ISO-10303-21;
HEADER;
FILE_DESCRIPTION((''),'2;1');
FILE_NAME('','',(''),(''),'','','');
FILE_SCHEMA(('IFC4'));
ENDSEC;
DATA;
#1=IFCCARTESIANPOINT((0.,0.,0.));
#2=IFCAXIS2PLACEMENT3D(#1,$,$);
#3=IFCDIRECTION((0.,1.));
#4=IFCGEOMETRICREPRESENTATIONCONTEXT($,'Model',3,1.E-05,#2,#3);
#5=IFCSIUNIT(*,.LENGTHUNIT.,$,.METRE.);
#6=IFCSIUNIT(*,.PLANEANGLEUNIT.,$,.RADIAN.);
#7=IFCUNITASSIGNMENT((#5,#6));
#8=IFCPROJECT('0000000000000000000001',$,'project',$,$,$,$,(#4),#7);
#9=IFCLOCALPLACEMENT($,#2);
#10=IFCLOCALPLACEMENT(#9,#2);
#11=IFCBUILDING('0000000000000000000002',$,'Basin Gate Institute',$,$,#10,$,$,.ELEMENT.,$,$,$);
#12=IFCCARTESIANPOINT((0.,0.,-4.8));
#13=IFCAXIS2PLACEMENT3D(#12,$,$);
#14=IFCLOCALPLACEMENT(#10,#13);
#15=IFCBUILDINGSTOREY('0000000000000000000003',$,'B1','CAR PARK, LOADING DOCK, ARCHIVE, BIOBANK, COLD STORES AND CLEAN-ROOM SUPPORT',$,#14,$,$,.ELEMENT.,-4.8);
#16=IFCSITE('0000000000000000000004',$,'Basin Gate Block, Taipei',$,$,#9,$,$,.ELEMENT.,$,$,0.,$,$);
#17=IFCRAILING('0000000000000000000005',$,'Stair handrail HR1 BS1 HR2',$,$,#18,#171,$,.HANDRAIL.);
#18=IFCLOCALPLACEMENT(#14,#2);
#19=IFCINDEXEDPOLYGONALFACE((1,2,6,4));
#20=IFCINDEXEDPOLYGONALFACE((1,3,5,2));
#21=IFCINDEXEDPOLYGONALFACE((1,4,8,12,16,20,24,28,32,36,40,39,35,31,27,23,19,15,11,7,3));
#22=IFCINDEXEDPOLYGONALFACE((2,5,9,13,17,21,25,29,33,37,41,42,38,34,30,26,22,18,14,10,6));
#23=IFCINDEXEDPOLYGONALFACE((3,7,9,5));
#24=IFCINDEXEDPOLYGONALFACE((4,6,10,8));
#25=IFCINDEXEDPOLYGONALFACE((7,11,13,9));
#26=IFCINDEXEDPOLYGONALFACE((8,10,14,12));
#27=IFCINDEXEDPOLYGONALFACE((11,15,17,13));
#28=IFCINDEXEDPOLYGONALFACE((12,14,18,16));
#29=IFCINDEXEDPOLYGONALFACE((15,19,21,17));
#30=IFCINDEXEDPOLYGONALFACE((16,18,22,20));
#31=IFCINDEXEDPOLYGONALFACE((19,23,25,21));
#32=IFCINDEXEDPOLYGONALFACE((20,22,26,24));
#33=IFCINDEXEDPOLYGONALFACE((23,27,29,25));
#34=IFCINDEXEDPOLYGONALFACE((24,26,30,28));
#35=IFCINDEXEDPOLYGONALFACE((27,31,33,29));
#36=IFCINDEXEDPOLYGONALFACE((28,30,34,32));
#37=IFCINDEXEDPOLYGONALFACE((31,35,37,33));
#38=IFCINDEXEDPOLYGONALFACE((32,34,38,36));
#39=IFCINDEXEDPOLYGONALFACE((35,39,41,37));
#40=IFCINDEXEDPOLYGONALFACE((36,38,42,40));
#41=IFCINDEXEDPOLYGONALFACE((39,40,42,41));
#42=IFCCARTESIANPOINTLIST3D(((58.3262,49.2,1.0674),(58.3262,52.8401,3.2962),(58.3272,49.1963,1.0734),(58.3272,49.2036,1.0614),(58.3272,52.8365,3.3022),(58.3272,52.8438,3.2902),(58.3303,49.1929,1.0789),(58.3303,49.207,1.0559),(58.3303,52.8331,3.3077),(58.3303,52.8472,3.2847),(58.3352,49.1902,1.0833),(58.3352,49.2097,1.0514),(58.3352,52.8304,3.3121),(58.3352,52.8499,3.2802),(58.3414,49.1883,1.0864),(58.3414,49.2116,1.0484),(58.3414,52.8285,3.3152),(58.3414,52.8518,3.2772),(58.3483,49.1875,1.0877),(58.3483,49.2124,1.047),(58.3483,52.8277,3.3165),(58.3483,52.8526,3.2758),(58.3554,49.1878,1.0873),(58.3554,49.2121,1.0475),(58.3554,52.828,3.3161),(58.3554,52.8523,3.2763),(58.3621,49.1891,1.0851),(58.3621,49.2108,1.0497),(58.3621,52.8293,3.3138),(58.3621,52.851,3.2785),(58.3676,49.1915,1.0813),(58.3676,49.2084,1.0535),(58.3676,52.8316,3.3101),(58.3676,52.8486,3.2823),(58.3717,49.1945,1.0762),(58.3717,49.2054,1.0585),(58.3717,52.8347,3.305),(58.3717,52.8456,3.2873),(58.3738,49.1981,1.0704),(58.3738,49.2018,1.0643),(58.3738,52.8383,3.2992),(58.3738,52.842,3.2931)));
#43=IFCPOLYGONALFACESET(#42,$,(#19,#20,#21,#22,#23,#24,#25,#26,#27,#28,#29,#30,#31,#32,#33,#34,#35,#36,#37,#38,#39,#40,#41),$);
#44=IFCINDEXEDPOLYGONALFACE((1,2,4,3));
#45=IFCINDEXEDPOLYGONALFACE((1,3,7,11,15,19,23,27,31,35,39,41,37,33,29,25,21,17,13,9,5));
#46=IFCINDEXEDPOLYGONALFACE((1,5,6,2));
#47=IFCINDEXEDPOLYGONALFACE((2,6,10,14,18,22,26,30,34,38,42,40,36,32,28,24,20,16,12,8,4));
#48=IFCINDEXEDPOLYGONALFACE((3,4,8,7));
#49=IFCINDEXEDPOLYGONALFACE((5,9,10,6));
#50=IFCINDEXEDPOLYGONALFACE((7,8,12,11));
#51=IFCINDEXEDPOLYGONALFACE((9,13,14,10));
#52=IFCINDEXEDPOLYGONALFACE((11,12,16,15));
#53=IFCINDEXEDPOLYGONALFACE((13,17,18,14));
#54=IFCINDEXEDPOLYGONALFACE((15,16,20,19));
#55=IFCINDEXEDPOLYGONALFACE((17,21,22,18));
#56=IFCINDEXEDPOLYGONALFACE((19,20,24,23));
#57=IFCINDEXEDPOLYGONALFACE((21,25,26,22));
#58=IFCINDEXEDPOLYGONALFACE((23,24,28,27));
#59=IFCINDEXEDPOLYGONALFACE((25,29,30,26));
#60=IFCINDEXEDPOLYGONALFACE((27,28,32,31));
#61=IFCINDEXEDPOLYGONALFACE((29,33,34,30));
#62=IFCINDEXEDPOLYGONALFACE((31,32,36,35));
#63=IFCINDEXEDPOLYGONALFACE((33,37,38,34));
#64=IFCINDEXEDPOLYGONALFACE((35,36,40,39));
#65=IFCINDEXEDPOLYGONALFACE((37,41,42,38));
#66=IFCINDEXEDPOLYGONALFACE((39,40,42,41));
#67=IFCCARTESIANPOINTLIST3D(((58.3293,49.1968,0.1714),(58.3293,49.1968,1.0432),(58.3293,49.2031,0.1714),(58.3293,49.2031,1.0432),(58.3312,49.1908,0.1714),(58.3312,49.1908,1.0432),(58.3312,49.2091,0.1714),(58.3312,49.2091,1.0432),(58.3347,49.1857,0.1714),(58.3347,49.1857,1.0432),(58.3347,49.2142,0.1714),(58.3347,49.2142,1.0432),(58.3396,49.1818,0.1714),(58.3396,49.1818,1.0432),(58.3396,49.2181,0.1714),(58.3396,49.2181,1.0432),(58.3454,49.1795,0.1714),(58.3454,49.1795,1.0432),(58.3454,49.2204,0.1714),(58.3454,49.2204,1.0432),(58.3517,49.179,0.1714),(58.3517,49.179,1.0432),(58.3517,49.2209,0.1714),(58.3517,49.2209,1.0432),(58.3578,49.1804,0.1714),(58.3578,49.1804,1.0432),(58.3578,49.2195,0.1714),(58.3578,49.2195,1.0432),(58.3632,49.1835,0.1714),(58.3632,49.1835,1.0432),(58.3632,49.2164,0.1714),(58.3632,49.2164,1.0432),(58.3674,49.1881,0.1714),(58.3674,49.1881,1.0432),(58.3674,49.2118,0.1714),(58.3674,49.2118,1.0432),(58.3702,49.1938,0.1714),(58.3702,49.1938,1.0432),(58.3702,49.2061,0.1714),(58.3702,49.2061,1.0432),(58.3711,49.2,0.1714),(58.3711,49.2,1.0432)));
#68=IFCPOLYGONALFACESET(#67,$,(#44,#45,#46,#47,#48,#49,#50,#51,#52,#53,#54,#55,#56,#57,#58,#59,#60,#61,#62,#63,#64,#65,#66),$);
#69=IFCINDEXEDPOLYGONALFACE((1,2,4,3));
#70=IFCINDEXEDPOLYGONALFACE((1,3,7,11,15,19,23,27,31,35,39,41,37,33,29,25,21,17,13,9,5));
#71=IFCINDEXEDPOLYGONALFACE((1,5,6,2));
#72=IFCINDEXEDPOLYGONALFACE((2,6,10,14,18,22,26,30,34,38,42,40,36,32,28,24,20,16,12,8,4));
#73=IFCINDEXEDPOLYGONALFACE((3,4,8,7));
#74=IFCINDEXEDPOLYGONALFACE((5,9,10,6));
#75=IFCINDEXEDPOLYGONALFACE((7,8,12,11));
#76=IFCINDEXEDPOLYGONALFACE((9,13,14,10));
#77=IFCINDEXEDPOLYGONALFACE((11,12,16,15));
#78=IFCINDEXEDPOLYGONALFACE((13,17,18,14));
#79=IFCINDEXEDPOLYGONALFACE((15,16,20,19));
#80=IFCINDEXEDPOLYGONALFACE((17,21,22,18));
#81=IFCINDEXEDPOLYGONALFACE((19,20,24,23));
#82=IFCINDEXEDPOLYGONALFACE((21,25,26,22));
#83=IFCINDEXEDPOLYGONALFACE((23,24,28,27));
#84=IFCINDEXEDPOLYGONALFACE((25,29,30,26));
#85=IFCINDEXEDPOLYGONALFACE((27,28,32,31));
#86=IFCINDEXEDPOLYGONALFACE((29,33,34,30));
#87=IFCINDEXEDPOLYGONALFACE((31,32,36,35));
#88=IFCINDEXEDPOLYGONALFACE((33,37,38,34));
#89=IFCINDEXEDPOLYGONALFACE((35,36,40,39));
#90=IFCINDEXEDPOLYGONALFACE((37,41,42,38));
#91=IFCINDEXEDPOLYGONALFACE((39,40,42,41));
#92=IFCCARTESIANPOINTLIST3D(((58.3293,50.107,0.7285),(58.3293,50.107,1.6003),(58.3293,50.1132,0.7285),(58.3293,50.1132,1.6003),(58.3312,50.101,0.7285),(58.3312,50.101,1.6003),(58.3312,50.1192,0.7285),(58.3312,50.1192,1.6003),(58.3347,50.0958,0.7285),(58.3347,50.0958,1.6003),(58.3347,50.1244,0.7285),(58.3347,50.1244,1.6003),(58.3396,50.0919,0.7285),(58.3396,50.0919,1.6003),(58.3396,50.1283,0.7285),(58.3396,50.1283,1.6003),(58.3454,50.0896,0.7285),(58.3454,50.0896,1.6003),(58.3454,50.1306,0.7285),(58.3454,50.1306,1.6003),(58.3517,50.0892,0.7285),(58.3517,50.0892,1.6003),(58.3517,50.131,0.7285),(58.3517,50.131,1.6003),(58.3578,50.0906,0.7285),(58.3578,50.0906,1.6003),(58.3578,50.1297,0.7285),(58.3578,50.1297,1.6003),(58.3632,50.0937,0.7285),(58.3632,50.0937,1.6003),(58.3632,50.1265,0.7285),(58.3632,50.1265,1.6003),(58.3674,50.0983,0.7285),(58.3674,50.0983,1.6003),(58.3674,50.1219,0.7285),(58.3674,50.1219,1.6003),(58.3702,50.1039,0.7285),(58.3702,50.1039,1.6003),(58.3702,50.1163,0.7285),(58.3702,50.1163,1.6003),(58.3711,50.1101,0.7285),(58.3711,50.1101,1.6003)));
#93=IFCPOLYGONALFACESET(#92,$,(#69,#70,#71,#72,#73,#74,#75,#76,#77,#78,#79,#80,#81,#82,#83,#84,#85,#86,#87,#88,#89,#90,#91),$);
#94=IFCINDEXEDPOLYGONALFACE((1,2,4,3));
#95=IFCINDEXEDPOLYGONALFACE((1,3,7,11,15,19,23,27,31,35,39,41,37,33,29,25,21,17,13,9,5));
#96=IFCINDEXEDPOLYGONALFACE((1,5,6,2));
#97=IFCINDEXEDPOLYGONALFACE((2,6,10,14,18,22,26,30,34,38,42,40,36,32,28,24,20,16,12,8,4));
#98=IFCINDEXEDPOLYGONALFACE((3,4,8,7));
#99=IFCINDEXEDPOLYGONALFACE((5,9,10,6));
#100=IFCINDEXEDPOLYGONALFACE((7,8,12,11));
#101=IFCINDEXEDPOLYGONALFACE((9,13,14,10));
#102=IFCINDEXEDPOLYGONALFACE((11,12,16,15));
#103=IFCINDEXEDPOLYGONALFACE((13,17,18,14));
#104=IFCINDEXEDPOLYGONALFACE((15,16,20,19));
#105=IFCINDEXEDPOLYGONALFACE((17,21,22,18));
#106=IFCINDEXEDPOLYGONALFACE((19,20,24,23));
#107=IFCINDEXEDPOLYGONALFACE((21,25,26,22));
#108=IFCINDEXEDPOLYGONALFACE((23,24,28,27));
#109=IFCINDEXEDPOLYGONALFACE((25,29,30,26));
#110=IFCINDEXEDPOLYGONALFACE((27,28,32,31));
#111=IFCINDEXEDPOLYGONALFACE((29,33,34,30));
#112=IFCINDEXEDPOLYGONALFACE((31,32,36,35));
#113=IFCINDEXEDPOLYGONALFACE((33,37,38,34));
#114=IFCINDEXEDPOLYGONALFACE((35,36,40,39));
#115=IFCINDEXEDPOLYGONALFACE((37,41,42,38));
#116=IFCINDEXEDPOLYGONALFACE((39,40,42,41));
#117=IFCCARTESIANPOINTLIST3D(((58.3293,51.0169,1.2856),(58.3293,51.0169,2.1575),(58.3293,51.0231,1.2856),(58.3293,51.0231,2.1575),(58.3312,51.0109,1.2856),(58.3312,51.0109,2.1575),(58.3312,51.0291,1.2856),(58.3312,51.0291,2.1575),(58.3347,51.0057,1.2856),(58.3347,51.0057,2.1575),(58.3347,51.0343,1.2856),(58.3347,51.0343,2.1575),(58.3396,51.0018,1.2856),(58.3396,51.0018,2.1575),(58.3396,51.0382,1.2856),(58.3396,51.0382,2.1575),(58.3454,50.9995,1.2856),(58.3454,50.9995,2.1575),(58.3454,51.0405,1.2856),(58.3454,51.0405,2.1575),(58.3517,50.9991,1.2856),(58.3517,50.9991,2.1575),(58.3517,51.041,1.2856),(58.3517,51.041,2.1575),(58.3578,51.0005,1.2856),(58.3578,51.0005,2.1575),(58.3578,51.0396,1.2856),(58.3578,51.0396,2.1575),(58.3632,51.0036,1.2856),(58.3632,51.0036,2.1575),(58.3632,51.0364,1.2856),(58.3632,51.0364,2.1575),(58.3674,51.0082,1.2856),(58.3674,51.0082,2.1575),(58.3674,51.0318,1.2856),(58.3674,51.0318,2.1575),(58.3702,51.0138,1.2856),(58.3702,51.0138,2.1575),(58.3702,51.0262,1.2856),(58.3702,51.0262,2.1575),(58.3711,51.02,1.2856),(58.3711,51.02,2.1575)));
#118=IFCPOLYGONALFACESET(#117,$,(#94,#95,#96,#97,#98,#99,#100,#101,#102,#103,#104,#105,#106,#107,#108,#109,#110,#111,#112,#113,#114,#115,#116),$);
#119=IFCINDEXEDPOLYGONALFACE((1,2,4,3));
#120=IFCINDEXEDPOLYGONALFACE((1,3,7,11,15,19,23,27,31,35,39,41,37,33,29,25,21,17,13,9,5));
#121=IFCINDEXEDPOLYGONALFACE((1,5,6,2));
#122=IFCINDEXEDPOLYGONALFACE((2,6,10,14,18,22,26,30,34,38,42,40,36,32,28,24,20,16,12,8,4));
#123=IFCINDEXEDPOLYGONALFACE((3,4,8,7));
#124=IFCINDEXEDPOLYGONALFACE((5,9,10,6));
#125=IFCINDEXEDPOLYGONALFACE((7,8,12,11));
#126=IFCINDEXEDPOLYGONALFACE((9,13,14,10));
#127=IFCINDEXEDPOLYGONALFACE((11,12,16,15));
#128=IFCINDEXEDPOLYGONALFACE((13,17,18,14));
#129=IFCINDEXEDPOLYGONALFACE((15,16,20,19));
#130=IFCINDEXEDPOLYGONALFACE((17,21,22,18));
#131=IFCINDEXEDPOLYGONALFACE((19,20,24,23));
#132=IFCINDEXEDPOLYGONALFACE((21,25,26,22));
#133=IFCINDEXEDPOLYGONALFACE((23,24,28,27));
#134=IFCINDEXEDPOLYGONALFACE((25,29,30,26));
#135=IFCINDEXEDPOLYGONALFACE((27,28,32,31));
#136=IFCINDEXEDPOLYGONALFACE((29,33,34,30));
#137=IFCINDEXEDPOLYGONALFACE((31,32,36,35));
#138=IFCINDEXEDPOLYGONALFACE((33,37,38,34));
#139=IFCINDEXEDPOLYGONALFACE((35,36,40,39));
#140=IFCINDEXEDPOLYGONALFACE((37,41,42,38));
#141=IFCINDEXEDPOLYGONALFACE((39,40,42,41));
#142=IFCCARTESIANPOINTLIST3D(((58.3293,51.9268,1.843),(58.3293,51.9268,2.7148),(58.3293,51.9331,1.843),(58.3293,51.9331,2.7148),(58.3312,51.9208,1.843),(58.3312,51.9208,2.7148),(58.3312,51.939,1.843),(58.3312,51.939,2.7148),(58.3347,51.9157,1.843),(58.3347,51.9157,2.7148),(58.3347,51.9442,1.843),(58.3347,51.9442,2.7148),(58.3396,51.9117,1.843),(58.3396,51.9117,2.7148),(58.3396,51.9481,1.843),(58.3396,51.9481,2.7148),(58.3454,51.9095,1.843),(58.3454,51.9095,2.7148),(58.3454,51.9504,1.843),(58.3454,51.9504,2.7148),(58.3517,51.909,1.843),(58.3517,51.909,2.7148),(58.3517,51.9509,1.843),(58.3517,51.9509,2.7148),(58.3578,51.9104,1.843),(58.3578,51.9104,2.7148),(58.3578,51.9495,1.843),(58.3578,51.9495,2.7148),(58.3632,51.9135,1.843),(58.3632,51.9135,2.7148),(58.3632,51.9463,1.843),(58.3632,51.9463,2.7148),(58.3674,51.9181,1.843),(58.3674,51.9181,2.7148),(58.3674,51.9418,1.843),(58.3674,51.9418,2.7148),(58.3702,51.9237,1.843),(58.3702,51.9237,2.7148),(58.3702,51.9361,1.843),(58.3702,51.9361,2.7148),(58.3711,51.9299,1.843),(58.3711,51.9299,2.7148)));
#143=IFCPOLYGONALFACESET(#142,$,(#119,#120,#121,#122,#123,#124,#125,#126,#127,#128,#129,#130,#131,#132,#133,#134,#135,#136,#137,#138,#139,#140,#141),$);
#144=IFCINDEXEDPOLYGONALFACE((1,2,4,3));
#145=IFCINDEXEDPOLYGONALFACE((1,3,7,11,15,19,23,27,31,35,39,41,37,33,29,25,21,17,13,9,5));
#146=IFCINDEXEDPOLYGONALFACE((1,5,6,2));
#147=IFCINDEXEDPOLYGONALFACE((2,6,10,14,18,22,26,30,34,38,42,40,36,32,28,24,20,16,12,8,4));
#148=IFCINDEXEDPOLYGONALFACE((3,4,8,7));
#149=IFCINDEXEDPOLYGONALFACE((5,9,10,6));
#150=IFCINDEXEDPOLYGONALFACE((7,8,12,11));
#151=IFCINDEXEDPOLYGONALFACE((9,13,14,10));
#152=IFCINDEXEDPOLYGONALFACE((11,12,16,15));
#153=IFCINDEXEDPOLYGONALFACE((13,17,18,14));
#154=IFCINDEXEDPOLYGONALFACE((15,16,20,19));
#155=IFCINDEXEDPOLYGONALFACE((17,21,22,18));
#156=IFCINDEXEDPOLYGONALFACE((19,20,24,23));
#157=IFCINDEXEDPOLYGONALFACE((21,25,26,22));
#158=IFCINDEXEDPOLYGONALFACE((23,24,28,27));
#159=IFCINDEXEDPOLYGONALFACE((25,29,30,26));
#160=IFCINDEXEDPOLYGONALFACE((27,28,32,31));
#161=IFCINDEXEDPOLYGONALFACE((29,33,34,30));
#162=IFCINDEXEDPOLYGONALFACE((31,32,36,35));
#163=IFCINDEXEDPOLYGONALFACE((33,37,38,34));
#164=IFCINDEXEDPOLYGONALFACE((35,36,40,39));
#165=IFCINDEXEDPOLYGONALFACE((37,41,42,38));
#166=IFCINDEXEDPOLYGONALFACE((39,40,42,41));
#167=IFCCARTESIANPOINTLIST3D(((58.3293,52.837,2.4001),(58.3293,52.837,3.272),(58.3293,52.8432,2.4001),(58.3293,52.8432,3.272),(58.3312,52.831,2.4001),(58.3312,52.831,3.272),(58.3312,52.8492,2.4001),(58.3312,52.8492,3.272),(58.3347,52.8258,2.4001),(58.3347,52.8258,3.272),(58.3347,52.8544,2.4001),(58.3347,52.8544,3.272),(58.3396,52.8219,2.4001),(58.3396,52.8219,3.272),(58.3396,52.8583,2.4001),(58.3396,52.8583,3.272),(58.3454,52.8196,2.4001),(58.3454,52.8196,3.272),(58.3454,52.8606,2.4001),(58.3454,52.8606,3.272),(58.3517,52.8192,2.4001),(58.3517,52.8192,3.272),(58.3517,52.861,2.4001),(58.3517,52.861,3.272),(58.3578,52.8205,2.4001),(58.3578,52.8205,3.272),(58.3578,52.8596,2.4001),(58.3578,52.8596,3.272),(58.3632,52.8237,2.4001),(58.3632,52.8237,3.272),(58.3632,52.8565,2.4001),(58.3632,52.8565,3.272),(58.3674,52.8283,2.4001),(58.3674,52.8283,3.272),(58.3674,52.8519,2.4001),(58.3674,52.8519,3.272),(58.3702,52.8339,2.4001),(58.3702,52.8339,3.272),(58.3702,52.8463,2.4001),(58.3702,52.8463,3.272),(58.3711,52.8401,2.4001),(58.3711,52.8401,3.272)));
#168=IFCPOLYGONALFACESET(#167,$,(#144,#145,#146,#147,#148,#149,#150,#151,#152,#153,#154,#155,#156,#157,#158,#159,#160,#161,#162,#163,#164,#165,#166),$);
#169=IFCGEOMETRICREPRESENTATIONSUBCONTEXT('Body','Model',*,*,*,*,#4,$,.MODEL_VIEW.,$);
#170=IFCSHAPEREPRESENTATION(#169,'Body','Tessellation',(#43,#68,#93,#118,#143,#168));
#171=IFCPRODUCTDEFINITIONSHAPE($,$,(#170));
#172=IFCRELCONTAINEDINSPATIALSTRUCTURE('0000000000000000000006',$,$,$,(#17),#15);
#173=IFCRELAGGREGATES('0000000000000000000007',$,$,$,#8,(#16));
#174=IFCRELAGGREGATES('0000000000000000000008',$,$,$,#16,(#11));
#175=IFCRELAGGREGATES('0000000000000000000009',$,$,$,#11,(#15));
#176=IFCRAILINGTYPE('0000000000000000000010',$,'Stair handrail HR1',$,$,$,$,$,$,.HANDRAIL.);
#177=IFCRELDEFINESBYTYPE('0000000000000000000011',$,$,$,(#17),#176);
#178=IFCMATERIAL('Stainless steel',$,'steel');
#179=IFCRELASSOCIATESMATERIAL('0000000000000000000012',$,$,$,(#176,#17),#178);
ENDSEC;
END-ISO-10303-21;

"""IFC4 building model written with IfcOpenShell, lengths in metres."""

from ifc_helpers import new_model, si_unit, direction, frame, origin, origin_2d, place, context, subcontext, project, spatial, circle, extrude, material, type_object, element, save


model = new_model("IFC4")

# Units and contexts
model_context = context("Model", 3, precision=1e-05, world=origin(), true_north=direction((0.0, 1.0)))
body_context = subcontext(model_context, "Body", "Model", "MODEL_VIEW")
ifc_project = project(units=[si_unit("LENGTHUNIT", "METRE"), si_unit("PLANEANGLEUNIT", "RADIAN")], contexts=[model_context])

# Site, building, storey
site_placement = place(None, origin())
site = spatial("IfcSite", under=ifc_project, at=site_placement, Name="Basin Gate Block, Taipei", CompositionType="ELEMENT", RefElevation=0.0)
building_placement = place(site_placement, origin())
building = spatial("IfcBuilding", under=site, at=building_placement, Name="Basin Gate Institute", CompositionType="ELEMENT")
storey_placement = place(building_placement, frame((0.0, 0.0, -4.8)))
storey = spatial("IfcBuildingStorey", under=building, at=storey_placement, Name="B1", Description="CAR PARK, LOADING DOCK, ARCHIVE, BIOBANK, COLD STORES AND CLEAN-ROOM SUPPORT", CompositionType="ELEMENT", Elevation=-4.8)

# Railing
ifc_material_1 = material(Name="Stainless steel", Category="steel")
railing_type_1 = type_object("IfcRailingType", Name="Stair handrail HR1", PredefinedType="HANDRAIL", material=ifc_material_1)
for number, where, name in (
    (1, (58.3501, 49.2, 0.1714), "Stair handrail HR1 BS1 HR2"),
):
    element("IfcRailing", number, at=place(storey_placement, frame(where)), inside=storey, type_object=railing_type_1, material=ifc_material_1, Name=name, PredefinedType="HANDRAIL", context=body_context, shape_type="SweptSolid", body=[
        extrude(circle(Radius=0.0239, at=origin_2d()), frame((0.0, 0.0, 0.896), z_axis=(0.0, 0.85284, 0.522172), x_axis=(-1.0, 0.0, 0.0)), (0.0, 0.0, 1.0), 4.2683),
        extrude(circle(Radius=0.021, at=origin_2d()), origin(), (0.0, 0.0, 1.0), 0.8718),
        extrude(circle(Radius=0.021, at=origin_2d()), frame((0.0, 0.9102, 0.5571)), (0.0, 0.0, 1.0), 0.8718),
        extrude(circle(Radius=0.021, at=origin_2d()), frame((0.0, 1.8201, 1.1143)), (0.0, 0.0, 1.0), 0.8718),
        extrude(circle(Radius=0.021, at=origin_2d()), frame((0.0, 2.73, 1.6716)), (0.0, 0.0, 1.0), 0.8718),
        extrude(circle(Radius=0.021, at=origin_2d()), frame((0.0, 3.6401, 2.2288)), (0.0, 0.0, 1.0), 0.8718),
    ])

save(model, "model.ifc")
